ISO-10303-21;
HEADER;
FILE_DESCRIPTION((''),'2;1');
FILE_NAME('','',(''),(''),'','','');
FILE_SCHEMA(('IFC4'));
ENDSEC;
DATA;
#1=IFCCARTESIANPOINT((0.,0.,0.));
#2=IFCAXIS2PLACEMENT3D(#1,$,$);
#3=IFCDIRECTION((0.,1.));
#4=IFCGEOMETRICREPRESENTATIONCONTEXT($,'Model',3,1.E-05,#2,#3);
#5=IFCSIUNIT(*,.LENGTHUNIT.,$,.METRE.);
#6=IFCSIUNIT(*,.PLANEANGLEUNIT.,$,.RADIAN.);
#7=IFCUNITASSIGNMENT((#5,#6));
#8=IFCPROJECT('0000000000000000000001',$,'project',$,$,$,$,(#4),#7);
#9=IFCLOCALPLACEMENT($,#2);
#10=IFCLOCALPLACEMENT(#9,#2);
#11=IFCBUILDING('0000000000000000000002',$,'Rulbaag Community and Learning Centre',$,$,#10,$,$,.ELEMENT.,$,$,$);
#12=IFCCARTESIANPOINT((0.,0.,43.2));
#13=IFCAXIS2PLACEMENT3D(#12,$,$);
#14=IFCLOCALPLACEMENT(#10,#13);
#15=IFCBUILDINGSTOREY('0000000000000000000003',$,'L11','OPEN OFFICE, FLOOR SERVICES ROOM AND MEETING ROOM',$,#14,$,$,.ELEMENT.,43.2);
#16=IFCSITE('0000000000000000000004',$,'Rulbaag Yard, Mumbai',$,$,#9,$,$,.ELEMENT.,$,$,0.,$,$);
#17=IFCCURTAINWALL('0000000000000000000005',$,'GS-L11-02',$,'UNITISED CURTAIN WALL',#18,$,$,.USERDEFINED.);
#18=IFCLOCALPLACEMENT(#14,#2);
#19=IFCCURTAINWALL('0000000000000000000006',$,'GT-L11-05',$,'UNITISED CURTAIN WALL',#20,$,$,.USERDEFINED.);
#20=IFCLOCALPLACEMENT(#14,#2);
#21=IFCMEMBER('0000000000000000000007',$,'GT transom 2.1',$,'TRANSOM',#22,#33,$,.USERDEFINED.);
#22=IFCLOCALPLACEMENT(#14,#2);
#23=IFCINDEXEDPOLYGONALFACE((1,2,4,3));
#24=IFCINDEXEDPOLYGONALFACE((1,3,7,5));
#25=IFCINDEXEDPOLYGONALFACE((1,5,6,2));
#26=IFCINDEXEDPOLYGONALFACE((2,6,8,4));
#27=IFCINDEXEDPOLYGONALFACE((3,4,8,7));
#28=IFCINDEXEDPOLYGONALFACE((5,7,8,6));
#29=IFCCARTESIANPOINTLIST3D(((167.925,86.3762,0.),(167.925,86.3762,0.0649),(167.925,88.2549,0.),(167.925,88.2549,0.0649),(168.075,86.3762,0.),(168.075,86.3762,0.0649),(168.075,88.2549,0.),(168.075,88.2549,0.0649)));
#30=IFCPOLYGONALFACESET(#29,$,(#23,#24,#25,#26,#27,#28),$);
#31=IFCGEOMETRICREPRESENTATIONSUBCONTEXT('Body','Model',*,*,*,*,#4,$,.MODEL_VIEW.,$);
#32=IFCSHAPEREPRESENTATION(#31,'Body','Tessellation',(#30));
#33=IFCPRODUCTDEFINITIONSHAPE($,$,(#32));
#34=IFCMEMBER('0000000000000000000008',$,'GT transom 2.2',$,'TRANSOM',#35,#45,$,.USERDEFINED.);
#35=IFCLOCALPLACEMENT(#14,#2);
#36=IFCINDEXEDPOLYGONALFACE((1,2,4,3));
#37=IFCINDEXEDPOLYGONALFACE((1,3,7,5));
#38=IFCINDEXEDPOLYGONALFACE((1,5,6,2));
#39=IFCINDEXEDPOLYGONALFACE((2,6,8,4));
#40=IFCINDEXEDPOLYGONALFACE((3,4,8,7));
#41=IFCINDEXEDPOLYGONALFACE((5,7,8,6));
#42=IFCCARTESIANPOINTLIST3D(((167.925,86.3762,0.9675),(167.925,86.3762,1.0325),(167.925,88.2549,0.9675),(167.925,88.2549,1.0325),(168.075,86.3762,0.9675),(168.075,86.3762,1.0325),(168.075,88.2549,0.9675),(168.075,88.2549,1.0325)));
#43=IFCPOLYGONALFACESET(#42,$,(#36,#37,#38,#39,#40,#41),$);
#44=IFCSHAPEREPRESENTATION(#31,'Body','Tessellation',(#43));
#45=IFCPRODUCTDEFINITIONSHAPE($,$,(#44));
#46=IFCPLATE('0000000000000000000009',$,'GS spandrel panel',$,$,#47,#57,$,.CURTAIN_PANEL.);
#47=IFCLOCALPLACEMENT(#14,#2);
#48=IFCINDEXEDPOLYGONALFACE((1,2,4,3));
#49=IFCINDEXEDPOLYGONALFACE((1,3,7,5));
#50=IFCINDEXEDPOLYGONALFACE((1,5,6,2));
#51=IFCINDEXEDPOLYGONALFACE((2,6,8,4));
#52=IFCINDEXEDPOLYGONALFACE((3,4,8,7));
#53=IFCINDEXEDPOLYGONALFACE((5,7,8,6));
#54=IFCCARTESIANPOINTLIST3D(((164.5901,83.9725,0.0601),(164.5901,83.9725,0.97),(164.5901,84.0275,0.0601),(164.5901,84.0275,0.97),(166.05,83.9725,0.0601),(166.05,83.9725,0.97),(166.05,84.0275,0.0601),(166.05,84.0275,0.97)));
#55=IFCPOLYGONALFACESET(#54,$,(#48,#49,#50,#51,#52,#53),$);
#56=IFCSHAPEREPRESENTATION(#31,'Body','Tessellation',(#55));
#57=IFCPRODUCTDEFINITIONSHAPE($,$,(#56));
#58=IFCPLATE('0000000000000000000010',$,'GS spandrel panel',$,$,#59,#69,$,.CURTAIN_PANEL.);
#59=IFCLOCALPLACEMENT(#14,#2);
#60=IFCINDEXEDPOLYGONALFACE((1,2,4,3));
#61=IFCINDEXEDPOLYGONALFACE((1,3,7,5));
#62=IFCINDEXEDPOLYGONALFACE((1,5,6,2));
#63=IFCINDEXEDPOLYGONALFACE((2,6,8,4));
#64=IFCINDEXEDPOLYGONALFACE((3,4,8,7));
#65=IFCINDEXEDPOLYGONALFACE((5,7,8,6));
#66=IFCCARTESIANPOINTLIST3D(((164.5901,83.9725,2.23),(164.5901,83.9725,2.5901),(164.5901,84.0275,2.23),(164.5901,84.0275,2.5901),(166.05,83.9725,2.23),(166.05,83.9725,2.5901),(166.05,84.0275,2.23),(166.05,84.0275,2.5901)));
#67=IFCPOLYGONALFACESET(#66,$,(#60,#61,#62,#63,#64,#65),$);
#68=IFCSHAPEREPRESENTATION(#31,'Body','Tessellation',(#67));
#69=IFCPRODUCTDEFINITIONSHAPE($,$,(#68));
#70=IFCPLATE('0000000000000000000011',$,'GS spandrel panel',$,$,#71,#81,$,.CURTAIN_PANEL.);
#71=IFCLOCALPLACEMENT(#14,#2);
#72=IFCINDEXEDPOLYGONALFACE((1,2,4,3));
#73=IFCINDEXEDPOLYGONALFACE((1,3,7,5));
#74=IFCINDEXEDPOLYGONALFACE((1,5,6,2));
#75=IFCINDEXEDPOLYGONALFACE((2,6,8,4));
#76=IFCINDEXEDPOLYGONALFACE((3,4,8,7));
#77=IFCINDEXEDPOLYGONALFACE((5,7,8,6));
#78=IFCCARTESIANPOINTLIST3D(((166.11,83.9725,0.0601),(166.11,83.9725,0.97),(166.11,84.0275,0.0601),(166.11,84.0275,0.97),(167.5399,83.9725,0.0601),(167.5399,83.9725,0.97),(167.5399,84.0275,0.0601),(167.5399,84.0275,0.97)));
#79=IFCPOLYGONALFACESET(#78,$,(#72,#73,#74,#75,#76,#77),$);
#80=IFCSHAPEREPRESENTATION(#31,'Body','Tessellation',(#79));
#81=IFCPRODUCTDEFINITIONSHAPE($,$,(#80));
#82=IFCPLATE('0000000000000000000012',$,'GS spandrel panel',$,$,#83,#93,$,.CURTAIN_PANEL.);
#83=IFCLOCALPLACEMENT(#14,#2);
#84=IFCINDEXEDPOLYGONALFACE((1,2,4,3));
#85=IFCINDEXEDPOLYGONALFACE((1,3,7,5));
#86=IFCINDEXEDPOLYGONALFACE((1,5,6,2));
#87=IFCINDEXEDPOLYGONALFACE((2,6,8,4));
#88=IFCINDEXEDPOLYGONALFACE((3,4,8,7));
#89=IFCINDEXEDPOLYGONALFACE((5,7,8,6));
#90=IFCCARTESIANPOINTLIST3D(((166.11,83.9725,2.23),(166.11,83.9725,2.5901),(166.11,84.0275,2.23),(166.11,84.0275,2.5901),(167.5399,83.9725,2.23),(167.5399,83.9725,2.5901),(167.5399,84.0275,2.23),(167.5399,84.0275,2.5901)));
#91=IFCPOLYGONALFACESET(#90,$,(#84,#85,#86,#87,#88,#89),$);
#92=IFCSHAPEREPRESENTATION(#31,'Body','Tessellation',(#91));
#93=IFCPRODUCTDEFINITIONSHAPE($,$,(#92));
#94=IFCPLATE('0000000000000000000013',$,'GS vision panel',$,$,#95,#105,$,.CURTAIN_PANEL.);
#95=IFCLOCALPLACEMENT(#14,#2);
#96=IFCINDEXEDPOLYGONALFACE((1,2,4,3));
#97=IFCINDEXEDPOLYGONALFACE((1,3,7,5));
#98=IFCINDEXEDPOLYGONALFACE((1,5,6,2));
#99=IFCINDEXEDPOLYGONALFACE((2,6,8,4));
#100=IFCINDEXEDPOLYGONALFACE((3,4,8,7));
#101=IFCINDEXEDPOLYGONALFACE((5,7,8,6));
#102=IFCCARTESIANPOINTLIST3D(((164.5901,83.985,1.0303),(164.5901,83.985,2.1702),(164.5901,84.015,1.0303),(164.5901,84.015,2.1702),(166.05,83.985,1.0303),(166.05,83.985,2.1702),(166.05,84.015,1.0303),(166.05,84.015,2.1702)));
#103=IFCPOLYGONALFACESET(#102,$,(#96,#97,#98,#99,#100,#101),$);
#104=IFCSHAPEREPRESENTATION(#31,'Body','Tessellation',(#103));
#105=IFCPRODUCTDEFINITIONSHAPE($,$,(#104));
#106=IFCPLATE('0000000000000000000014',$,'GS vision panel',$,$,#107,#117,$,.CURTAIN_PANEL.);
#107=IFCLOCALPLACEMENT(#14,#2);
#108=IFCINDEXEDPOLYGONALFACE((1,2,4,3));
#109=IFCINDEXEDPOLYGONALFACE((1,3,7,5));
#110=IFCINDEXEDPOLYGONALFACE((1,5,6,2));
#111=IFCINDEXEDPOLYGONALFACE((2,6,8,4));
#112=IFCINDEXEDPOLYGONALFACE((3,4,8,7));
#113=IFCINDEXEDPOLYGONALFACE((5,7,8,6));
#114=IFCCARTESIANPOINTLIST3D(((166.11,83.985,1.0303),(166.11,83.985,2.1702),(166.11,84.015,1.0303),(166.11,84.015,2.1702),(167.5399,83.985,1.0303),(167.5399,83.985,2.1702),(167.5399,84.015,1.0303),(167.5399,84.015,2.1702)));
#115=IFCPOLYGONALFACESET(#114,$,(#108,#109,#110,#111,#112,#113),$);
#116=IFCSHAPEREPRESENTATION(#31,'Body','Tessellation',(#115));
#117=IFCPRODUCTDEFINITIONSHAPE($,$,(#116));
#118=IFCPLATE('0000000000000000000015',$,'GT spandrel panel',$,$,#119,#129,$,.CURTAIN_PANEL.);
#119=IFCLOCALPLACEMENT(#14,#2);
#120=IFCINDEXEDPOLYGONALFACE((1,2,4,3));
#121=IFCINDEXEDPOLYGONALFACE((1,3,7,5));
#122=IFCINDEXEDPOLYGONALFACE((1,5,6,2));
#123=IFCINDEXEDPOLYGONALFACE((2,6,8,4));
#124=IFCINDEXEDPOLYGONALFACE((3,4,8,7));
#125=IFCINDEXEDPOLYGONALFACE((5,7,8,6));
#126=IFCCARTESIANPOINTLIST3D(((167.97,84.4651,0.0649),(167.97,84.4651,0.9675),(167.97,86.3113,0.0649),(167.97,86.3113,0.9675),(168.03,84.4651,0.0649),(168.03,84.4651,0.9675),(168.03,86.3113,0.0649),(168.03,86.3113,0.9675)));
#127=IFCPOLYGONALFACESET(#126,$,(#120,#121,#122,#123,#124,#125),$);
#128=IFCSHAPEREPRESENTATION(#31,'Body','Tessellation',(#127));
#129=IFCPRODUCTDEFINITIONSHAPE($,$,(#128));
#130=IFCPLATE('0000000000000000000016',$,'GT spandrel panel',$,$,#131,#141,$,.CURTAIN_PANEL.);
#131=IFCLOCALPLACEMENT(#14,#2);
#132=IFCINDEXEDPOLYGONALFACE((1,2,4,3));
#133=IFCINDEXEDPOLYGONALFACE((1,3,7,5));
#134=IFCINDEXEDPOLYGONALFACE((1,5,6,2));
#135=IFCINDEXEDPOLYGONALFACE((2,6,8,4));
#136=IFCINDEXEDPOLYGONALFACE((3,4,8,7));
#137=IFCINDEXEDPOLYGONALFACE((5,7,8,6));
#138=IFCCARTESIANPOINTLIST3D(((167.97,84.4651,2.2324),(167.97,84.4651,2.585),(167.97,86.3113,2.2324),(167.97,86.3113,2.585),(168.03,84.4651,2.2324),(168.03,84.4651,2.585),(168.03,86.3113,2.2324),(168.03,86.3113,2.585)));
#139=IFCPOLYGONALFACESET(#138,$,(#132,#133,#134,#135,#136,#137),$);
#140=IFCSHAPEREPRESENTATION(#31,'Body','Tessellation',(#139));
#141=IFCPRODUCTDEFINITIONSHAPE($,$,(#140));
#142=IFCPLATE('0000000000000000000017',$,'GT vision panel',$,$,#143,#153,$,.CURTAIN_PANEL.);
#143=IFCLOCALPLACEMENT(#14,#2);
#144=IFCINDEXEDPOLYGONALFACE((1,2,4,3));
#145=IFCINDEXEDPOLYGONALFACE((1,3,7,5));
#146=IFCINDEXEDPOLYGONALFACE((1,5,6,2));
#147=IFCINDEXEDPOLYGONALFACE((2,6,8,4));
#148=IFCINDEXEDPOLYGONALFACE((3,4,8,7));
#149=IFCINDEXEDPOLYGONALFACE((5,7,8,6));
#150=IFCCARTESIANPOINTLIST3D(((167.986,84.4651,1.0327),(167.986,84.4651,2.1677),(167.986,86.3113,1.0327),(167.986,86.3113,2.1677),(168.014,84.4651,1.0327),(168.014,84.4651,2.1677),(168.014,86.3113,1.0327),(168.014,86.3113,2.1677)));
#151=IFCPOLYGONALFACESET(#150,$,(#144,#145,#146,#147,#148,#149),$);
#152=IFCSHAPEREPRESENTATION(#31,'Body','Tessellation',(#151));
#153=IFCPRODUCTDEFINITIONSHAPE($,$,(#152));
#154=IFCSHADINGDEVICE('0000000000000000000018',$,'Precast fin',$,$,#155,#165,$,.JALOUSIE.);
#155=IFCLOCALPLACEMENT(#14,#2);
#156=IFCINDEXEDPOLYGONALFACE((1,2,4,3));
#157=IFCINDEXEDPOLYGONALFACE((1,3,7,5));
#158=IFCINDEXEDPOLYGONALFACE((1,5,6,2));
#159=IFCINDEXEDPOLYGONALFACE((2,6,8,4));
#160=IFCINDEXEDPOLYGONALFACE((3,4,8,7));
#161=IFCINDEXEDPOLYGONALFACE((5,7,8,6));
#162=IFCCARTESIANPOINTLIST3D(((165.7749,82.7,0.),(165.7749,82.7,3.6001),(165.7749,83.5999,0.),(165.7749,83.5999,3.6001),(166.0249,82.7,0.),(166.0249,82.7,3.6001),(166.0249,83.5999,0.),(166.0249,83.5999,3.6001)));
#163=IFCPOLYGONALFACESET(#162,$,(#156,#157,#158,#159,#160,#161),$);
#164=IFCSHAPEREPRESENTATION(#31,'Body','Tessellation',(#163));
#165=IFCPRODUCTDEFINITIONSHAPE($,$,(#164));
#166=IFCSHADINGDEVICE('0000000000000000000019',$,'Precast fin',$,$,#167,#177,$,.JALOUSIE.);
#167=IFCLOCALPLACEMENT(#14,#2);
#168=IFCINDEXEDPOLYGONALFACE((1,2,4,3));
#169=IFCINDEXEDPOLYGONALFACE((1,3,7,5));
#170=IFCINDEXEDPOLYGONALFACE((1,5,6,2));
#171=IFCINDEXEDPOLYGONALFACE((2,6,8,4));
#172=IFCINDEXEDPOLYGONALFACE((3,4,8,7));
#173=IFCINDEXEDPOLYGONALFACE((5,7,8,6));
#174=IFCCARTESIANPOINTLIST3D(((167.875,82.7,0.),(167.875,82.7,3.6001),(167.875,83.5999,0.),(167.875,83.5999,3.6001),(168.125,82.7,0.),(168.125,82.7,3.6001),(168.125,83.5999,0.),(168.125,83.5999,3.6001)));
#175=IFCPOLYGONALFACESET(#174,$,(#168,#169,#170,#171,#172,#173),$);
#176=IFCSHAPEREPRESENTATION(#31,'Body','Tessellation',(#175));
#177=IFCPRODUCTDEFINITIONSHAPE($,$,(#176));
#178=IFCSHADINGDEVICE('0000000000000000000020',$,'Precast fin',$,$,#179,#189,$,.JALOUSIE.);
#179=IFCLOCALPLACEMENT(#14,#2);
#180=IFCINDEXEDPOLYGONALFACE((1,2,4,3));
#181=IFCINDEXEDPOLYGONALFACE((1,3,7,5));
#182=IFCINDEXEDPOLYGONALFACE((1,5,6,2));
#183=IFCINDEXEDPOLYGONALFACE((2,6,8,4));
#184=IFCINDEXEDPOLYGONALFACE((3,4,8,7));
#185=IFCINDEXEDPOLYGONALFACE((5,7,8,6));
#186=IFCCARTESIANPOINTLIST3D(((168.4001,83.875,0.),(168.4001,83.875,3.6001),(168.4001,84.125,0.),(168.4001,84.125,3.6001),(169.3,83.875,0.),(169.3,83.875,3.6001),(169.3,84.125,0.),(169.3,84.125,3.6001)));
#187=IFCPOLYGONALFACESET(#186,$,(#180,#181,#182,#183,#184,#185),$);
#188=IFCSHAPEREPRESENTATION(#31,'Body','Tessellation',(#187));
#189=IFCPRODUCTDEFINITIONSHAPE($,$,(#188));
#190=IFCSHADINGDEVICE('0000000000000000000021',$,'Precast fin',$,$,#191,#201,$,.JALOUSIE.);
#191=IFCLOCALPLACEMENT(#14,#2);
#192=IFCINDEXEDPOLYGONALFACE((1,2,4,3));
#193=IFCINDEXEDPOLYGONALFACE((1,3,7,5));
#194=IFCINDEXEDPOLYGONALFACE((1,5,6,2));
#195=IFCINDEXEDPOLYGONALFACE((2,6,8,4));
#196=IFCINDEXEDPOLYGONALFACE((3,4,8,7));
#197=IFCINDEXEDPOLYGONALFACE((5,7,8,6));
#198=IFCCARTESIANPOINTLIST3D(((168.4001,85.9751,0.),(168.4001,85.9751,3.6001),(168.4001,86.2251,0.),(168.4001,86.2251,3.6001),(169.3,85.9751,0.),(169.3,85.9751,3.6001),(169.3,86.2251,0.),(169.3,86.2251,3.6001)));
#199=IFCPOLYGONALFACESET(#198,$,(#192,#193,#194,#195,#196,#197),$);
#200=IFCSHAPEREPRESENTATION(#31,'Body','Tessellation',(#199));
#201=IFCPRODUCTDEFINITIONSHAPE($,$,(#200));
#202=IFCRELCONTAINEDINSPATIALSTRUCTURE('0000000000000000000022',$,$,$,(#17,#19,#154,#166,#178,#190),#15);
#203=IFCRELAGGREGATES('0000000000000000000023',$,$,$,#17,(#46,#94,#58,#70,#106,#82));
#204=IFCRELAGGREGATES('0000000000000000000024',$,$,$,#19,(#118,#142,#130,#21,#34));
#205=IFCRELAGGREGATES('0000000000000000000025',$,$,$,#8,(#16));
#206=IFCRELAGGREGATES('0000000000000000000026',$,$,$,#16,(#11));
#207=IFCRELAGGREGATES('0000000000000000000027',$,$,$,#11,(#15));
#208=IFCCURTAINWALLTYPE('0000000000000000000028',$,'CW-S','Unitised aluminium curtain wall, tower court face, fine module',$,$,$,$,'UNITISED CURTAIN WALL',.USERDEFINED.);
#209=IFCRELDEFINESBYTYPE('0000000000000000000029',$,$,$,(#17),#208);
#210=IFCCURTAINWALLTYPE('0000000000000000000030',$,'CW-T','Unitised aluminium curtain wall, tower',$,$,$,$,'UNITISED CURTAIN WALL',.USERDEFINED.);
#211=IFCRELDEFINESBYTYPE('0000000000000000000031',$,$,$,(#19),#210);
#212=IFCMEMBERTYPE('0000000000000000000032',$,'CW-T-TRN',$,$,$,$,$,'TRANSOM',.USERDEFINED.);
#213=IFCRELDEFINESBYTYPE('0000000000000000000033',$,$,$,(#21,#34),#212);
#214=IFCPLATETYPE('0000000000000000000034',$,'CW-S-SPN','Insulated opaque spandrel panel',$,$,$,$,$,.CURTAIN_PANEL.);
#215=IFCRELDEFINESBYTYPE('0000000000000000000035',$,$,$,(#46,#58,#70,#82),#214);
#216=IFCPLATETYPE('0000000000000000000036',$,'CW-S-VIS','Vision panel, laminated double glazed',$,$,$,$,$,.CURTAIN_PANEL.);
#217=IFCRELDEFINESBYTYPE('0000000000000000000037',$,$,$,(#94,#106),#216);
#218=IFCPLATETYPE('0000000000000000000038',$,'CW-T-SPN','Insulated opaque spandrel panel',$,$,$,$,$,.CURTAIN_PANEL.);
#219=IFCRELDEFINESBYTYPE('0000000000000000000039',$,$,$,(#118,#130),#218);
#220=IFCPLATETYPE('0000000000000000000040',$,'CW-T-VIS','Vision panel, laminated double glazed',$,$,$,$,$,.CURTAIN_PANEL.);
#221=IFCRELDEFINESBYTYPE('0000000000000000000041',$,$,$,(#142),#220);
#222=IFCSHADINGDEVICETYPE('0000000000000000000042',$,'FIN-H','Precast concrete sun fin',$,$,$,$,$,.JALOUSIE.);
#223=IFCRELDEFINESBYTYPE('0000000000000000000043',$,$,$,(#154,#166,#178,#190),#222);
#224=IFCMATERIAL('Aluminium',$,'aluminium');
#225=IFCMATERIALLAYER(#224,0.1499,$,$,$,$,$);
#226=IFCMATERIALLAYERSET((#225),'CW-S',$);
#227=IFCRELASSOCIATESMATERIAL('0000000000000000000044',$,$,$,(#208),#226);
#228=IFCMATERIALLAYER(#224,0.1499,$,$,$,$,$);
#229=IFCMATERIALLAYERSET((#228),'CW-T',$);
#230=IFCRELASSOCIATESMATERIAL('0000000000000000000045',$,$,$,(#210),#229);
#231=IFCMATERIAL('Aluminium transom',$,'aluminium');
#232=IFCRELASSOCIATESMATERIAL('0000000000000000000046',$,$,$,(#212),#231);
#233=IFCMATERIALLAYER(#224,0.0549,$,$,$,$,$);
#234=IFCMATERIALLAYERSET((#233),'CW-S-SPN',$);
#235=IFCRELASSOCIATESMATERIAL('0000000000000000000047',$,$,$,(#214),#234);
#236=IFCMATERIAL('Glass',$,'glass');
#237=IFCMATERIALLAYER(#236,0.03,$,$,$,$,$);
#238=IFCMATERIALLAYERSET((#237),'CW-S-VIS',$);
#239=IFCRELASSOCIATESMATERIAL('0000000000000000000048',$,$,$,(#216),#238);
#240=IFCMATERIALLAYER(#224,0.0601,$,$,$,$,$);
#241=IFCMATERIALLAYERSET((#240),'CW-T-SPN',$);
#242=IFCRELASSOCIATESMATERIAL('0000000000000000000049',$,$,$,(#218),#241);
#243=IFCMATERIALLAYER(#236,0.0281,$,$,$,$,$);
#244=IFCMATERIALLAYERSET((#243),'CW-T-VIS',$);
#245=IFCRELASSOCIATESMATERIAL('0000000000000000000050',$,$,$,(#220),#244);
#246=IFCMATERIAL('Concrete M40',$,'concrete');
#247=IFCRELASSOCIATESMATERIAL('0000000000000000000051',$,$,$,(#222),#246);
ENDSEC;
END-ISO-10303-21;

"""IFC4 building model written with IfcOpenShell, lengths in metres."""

from ifc_helpers import new_model, si_unit, direction, frame, origin, origin_2d, place, context, subcontext, project, spatial, rectangle, extrude, material, layer, layer_set, material_profile, profile_set, type_object, element, aggregate, save


model = new_model("IFC4")

# Units and contexts
model_context = context("Model", 3, precision=1e-05, world=origin(), true_north=direction((0.0, 1.0)))
body_context = subcontext(model_context, "Body", "Model", "MODEL_VIEW")
ifc_project = project(units=[si_unit("LENGTHUNIT", "METRE"), si_unit("PLANEANGLEUNIT", "RADIAN")], contexts=[model_context])

# Site, building, storey
site_placement = place(None, origin())
site = spatial("IfcSite", under=ifc_project, at=site_placement, Name="Rulbaag Yard, Mumbai", CompositionType="ELEMENT", RefElevation=0.0)
building_placement = place(site_placement, origin())
building = spatial("IfcBuilding", under=site, at=building_placement, Name="Rulbaag Community and Learning Centre", CompositionType="ELEMENT")
storey_placement = place(building_placement, frame((0.0, 0.0, 43.2)))
storey = spatial("IfcBuildingStorey", under=building, at=storey_placement, Name="L11", Description="OPEN OFFICE, FLOOR SERVICES ROOM AND MEETING ROOM", CompositionType="ELEMENT", Elevation=43.2)

# Shared definitions
ifc_material_1 = material(Name="Concrete M40", Category="concrete")

# Curtain walls, members
ifc_material_2 = material(Name="Aluminium", Category="aluminium")
ifc_layer_1 = layer(ifc_material_2, 0.1499)
ifc_layer_set_1 = layer_set([ifc_layer_1], Name="CW-S")
curtain_wall_type_1 = type_object("IfcCurtainWallType", Name="CW-S", Description="Unitised aluminium curtain wall, tower court face, fine module", ElementType="UNITISED CURTAIN WALL", PredefinedType="USERDEFINED", material=ifc_layer_set_1)
curtain_wall_1_placement = place(storey_placement, origin())
curtain_wall_1 = element("IfcCurtainWall", 1, at=curtain_wall_1_placement, inside=storey, type_object=curtain_wall_type_1, Name="GS-L11-02", ObjectType="UNITISED CURTAIN WALL", PredefinedType="USERDEFINED")
ifc_material_3 = material(Name="Aluminium transom", Category="aluminium")
ifc_layer_2 = layer(ifc_material_2, 0.1499)
ifc_layer_set_2 = layer_set([ifc_layer_2], Name="CW-T")
curtain_wall_type_2 = type_object("IfcCurtainWallType", Name="CW-T", Description="Unitised aluminium curtain wall, tower", ElementType="UNITISED CURTAIN WALL", PredefinedType="USERDEFINED", material=ifc_layer_set_2)
curtain_wall_2_placement = place(storey_placement, origin())
curtain_wall_2 = element("IfcCurtainWall", 2, at=curtain_wall_2_placement, inside=storey, type_object=curtain_wall_type_2, Name="GT-L11-05", ObjectType="UNITISED CURTAIN WALL", PredefinedType="USERDEFINED")
ifc_material_profile_1 = material_profile(ifc_material_3, rectangle(XDim=0.1499, YDim=0.0649, at=origin_2d()), Name="AL 65x150 T")
ifc_profile_set_1 = profile_set([ifc_material_profile_1], Name="Aluminium transom")
member_type_1 = type_object("IfcMemberType", Name="CW-T-TRN", ElementType="TRANSOM", PredefinedType="USERDEFINED", material=ifc_profile_set_1)
member_1_placement = place(storey_placement, frame((168.0, 86.3762, 0.0325), z_axis=(0.0, 1.0, 0.0), x_axis=(-1.0, 0.0, 0.0)))
member_1 = element("IfcMember", 3, at=member_1_placement, type_object=member_type_1, Name="GT transom 2.1", ObjectType="TRANSOM", PredefinedType="USERDEFINED", context=body_context, shape_type="SweptSolid", body=[
    extrude(rectangle(XDim=0.1499, YDim=0.0649, at=origin_2d()), origin(), (0.0, 0.0, 1.0), 1.8787),
])
member_2_placement = place(storey_placement, frame((168.0, 86.3762, 1.0), z_axis=(0.0, 1.0, 0.0), x_axis=(-1.0, 0.0, 0.0)))
member_2 = element("IfcMember", 4, at=member_2_placement, type_object=member_type_1, Name="GT transom 2.2", ObjectType="TRANSOM", PredefinedType="USERDEFINED", context=body_context, shape_type="SweptSolid", body=[
    extrude(rectangle(XDim=0.1499, YDim=0.0649, at=origin_2d()), origin(), (0.0, 0.0, 1.0), 1.8787),
])

# Plates
ifc_layer_3 = layer(ifc_material_2, 0.0549)
ifc_layer_set_3 = layer_set([ifc_layer_3], Name="CW-S-SPN")
plate_type_1 = type_object("IfcPlateType", Name="CW-S-SPN", Description="Insulated opaque spandrel panel", PredefinedType="CURTAIN_PANEL", material=ifc_layer_set_3)
plate_1_placement = place(storey_placement, frame((165.3201, 84.0, 0.0601), z_axis=(0.0, 0.0, 1.0), x_axis=(1.0, 0.0, 0.0)))
plate_1 = element("IfcPlate", 5, at=plate_1_placement, type_object=plate_type_1, Name="GS spandrel panel", PredefinedType="CURTAIN_PANEL", context=body_context, shape_type="SweptSolid", body=[
    extrude(rectangle(XDim=1.46, YDim=0.0549, at=origin_2d()), origin(), (0.0, 0.0, 1.0), 0.9099),
])
plate_2_placement = place(storey_placement, frame((165.3201, 84.0, 2.23), z_axis=(0.0, 0.0, 1.0), x_axis=(1.0, 0.0, 0.0)))
plate_2 = element("IfcPlate", 6, at=plate_2_placement, type_object=plate_type_1, Name="GS spandrel panel", PredefinedType="CURTAIN_PANEL", context=body_context, shape_type="SweptSolid", body=[
    extrude(rectangle(XDim=1.46, YDim=0.0549, at=origin_2d()), origin(), (0.0, 0.0, 1.0), 0.3601),
])
plate_3_placement = place(storey_placement, frame((166.825, 84.0, 0.0601), z_axis=(0.0, 0.0, 1.0), x_axis=(1.0, 0.0, 0.0)))
plate_3 = element("IfcPlate", 7, at=plate_3_placement, type_object=plate_type_1, Name="GS spandrel panel", PredefinedType="CURTAIN_PANEL", context=body_context, shape_type="SweptSolid", body=[
    extrude(rectangle(XDim=1.4299, YDim=0.0549, at=origin_2d()), origin(), (0.0, 0.0, 1.0), 0.9099),
])
plate_4_placement = place(storey_placement, frame((166.825, 84.0, 2.23), z_axis=(0.0, 0.0, 1.0), x_axis=(1.0, 0.0, 0.0)))
plate_4 = element("IfcPlate", 8, at=plate_4_placement, type_object=plate_type_1, Name="GS spandrel panel", PredefinedType="CURTAIN_PANEL", context=body_context, shape_type="SweptSolid", body=[
    extrude(rectangle(XDim=1.4299, YDim=0.0549, at=origin_2d()), origin(), (0.0, 0.0, 1.0), 0.3601),
])
ifc_material_4 = material(Name="Glass", Category="glass")
ifc_layer_4 = layer(ifc_material_4, 0.03)
ifc_layer_set_4 = layer_set([ifc_layer_4], Name="CW-S-VIS")
plate_type_2 = type_object("IfcPlateType", Name="CW-S-VIS", Description="Vision panel, laminated double glazed", PredefinedType="CURTAIN_PANEL", material=ifc_layer_set_4)
plate_5_placement = place(storey_placement, frame((165.3201, 84.0, 1.0303), z_axis=(0.0, 0.0, 1.0), x_axis=(1.0, 0.0, 0.0)))
plate_5 = element("IfcPlate", 9, at=plate_5_placement, type_object=plate_type_2, Name="GS vision panel", PredefinedType="CURTAIN_PANEL", context=body_context, shape_type="SweptSolid", body=[
    extrude(rectangle(XDim=1.46, YDim=0.03, at=origin_2d()), origin(), (0.0, 0.0, 1.0), 1.1399),
])
plate_6_placement = place(storey_placement, frame((166.825, 84.0, 1.0303), z_axis=(0.0, 0.0, 1.0), x_axis=(1.0, 0.0, 0.0)))
plate_6 = element("IfcPlate", 10, at=plate_6_placement, type_object=plate_type_2, Name="GS vision panel", PredefinedType="CURTAIN_PANEL", context=body_context, shape_type="SweptSolid", body=[
    extrude(rectangle(XDim=1.4299, YDim=0.03, at=origin_2d()), origin(), (0.0, 0.0, 1.0), 1.1399),
])
aggregate(curtain_wall_1, [plate_1, plate_5, plate_2, plate_3, plate_6, plate_4])
ifc_layer_5 = layer(ifc_material_2, 0.0601)
ifc_layer_set_5 = layer_set([ifc_layer_5], Name="CW-T-SPN")
plate_type_3 = type_object("IfcPlateType", Name="CW-T-SPN", Description="Insulated opaque spandrel panel", PredefinedType="CURTAIN_PANEL", material=ifc_layer_set_5)
plate_7_placement = place(storey_placement, frame((168.0, 85.3882, 0.0649), z_axis=(0.0, 0.0, 1.0), x_axis=(0.0, 1.0, 0.0)))
plate_7 = element("IfcPlate", 11, at=plate_7_placement, type_object=plate_type_3, Name="GT spandrel panel", PredefinedType="CURTAIN_PANEL", context=body_context, shape_type="SweptSolid", body=[
    extrude(rectangle(XDim=1.8462, YDim=0.0601, at=origin_2d()), origin(), (0.0, 0.0, 1.0), 0.9026),
])
plate_8_placement = place(storey_placement, frame((168.0, 85.3882, 2.2324), z_axis=(0.0, 0.0, 1.0), x_axis=(0.0, 1.0, 0.0)))
plate_8 = element("IfcPlate", 12, at=plate_8_placement, type_object=plate_type_3, Name="GT spandrel panel", PredefinedType="CURTAIN_PANEL", context=body_context, shape_type="SweptSolid", body=[
    extrude(rectangle(XDim=1.8462, YDim=0.0601, at=origin_2d()), origin(), (0.0, 0.0, 1.0), 0.3525),
])
ifc_layer_6 = layer(ifc_material_4, 0.0281)
ifc_layer_set_6 = layer_set([ifc_layer_6], Name="CW-T-VIS")
plate_type_4 = type_object("IfcPlateType", Name="CW-T-VIS", Description="Vision panel, laminated double glazed", PredefinedType="CURTAIN_PANEL", material=ifc_layer_set_6)
plate_9_placement = place(storey_placement, frame((168.0, 85.3882, 1.0327), z_axis=(0.0, 0.0, 1.0), x_axis=(0.0, 1.0, 0.0)))
plate_9 = element("IfcPlate", 13, at=plate_9_placement, type_object=plate_type_4, Name="GT vision panel", PredefinedType="CURTAIN_PANEL", context=body_context, shape_type="SweptSolid", body=[
    extrude(rectangle(XDim=1.8462, YDim=0.0281, at=origin_2d()), origin(), (0.0, 0.0, 1.0), 1.135),
])
aggregate(curtain_wall_2, [plate_7, plate_9, plate_8, member_1, member_2])

# Shading devices
ifc_material_profile_2 = material_profile(ifc_material_1, rectangle(XDim=0.25, YDim=0.8999, at=origin_2d()), Name="PC 250x900")
ifc_profile_set_2 = profile_set([ifc_material_profile_2], Name="Concrete M40")
shading_device_type = type_object("IfcShadingDeviceType", Name="FIN-H", Description="Precast concrete sun fin", PredefinedType="JALOUSIE", material=ifc_profile_set_2)
for number, where, z_axis, x_axis, name in (
    (14, (165.8999, 83.1499, 0.0), (0.0, 0.0, 1.0), (1.0, 0.0, 0.0), "Precast fin"),
    (15, (168.0, 83.1499, 0.0), (0.0, 0.0, 1.0), (1.0, 0.0, 0.0), "Precast fin"),
    (16, (168.8501, 84.0, 0.0), (0.0, 0.0, 1.0), (0.0, 1.0, 0.0), "Precast fin"),
    (17, (168.8501, 86.1001, 0.0), (0.0, 0.0, 1.0), (0.0, 1.0, 0.0), "Precast fin"),
):
    element("IfcShadingDevice", number, at=place(storey_placement, frame(where, z_axis=z_axis, x_axis=x_axis)), inside=storey, type_object=shading_device_type, Name=name, PredefinedType="JALOUSIE", context=body_context, shape_type="SweptSolid", body=[
        extrude(rectangle(XDim=0.25, YDim=0.8999, at=origin_2d()), origin(), (0.0, 0.0, 1.0), 3.6001),
    ])

save(model, "model.ifc")
